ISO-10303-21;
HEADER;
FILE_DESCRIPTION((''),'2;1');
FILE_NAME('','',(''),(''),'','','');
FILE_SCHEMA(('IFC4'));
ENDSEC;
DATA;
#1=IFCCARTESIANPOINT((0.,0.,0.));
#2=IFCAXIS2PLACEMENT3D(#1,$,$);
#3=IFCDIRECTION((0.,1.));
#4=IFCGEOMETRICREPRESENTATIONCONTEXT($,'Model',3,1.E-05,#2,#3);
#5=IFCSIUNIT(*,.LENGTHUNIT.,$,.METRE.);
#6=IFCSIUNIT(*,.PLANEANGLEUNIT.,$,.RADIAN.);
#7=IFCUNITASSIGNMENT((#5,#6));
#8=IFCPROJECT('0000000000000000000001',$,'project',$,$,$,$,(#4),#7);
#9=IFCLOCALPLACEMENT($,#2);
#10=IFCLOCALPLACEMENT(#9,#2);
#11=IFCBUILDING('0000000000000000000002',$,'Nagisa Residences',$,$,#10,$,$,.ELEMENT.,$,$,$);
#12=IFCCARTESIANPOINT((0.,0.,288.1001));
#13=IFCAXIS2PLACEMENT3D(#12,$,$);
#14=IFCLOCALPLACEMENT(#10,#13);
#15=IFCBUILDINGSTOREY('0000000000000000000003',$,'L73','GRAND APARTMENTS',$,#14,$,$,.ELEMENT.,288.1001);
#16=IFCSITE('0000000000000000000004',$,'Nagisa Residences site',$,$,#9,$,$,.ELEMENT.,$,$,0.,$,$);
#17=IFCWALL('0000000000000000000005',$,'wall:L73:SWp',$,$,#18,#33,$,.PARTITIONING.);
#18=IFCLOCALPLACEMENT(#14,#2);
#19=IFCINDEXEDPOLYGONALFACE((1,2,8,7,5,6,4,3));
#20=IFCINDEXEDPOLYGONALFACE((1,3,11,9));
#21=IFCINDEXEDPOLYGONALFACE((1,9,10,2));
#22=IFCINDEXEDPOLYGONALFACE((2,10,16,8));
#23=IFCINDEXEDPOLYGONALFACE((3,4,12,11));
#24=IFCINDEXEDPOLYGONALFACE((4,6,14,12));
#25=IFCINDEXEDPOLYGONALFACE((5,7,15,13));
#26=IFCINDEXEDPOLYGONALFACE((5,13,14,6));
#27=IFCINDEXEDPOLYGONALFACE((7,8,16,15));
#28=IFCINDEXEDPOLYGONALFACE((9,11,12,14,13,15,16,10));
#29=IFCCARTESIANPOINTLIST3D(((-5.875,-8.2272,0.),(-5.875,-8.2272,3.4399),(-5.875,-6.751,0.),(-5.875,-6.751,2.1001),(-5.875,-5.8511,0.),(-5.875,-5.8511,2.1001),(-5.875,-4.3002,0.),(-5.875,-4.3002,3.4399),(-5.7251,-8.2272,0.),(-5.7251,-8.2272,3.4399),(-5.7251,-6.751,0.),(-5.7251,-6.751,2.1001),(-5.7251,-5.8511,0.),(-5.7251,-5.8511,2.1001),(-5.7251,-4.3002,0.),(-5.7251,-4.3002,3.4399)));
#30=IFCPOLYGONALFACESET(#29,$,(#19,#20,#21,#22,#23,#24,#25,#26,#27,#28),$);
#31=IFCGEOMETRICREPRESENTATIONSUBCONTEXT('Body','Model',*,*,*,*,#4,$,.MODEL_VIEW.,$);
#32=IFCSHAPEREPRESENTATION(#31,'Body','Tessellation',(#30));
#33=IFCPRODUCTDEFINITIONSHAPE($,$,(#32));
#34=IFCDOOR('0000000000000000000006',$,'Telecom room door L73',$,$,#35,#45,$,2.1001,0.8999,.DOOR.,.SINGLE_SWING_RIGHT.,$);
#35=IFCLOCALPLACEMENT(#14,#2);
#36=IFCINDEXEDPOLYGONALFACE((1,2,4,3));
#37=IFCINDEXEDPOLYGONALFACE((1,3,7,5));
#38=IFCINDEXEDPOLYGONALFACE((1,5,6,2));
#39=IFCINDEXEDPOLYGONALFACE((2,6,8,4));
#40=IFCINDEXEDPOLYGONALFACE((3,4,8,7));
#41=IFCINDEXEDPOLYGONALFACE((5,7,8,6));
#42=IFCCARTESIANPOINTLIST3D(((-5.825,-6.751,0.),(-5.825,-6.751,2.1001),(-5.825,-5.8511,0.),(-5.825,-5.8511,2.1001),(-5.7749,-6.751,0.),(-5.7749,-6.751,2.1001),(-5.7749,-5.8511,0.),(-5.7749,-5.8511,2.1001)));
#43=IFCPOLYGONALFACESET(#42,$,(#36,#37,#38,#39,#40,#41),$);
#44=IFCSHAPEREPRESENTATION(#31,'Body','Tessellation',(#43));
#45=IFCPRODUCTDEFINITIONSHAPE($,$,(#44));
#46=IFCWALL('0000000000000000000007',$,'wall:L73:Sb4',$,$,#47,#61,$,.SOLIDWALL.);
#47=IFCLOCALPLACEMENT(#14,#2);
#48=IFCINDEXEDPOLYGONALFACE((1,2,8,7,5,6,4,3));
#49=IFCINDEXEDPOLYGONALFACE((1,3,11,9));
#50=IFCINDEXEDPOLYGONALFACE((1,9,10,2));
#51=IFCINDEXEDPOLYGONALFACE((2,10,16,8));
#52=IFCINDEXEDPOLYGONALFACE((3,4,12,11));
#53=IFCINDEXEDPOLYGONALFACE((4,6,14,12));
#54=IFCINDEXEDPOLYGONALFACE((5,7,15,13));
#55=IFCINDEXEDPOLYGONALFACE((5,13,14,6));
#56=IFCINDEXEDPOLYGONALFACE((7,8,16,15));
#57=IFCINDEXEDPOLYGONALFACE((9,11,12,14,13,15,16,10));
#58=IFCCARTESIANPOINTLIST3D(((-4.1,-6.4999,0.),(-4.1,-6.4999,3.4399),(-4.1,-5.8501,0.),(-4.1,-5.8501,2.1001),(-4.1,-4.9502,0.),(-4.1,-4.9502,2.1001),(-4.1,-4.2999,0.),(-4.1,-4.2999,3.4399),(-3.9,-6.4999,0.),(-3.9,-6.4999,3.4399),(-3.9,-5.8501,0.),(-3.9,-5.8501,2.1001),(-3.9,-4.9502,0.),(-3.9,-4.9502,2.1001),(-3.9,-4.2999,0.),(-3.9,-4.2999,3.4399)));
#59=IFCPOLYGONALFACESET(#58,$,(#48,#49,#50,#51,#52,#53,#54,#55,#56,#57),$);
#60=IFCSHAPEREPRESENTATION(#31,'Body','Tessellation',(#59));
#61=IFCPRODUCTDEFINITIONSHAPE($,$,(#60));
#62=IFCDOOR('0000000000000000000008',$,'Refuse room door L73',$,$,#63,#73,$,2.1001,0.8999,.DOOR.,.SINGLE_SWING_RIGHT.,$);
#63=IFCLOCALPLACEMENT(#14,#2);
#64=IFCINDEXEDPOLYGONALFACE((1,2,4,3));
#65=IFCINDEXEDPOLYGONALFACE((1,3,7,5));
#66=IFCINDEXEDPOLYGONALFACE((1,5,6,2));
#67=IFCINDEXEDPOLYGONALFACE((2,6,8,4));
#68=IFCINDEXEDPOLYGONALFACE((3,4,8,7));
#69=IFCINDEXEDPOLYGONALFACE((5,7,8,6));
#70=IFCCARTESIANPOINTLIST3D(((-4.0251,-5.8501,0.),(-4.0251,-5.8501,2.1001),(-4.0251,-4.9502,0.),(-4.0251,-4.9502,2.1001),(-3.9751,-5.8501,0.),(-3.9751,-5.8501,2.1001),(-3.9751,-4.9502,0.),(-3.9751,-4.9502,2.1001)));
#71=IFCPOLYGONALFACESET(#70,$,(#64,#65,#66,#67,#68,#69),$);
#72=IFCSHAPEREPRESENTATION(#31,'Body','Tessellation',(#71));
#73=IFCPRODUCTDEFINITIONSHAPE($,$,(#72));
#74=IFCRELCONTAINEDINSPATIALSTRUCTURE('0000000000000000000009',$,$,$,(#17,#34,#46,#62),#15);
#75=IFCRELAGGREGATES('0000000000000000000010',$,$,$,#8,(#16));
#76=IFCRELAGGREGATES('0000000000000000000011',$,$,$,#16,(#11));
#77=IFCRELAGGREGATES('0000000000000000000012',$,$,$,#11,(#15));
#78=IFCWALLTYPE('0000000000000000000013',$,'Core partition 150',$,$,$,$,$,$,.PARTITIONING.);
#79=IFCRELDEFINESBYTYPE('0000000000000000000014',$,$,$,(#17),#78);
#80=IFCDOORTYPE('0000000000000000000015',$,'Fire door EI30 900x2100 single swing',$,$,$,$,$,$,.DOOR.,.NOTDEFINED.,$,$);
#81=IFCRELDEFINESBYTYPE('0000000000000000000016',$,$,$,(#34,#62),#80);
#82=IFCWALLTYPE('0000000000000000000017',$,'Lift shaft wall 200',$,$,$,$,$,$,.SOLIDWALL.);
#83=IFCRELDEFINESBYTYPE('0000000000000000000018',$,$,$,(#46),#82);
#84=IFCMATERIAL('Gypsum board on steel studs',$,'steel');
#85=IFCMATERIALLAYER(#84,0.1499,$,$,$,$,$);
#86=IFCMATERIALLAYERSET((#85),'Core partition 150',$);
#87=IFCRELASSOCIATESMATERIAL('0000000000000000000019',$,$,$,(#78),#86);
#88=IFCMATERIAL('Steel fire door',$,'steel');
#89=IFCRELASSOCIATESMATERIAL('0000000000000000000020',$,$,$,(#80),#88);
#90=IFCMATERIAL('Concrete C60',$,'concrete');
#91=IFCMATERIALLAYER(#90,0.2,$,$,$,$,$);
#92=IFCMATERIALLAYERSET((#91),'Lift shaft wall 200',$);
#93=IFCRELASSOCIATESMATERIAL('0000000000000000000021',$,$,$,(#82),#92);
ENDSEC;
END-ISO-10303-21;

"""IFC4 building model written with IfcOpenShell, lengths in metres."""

from ifc_helpers import new_model, si_unit, direction, frame, frame_2d, origin, place, context, subcontext, project, spatial, rectangle, extrude, material, layer, layer_set, type_object, element, fill, save


model = new_model("IFC4")

# Units and contexts
model_context = context("Model", 3, precision=1e-05, world=origin(), true_north=direction((0.0, 1.0)))
body_context = subcontext(model_context, "Body", "Model", "MODEL_VIEW")
ifc_project = project(units=[si_unit("LENGTHUNIT", "METRE"), si_unit("PLANEANGLEUNIT", "RADIAN")], contexts=[model_context])

# Site, building, storey
site_placement = place(None, origin())
site = spatial("IfcSite", under=ifc_project, at=site_placement, Name="Nagisa Residences site", CompositionType="ELEMENT", RefElevation=0.0)
building_placement = place(site_placement, origin())
building = spatial("IfcBuilding", under=site, at=building_placement, Name="Nagisa Residences", CompositionType="ELEMENT")
storey_placement = place(building_placement, frame((0.0, 0.0, 288.1001)))
storey = spatial("IfcBuildingStorey", under=building, at=storey_placement, Name="L73", Description="GRAND APARTMENTS", CompositionType="ELEMENT", Elevation=288.1001)

# Walls, openings, doors
ifc_material_1 = material(Name="Gypsum board on steel studs", Category="steel")
ifc_layer_1 = layer(ifc_material_1, 0.1499)
ifc_layer_set_1 = layer_set([ifc_layer_1], Name="Core partition 150")
wall_type_1 = type_object("IfcWallType", Name="Core partition 150", PredefinedType="PARTITIONING", material=ifc_layer_set_1)
wall_1_placement = place(storey_placement, frame((-5.8, -8.2271, 0.0), z_axis=(0.0, 0.0, 1.0), x_axis=(0.0, 1.0, 0.0)))
wall_1 = element("IfcWall", 1, at=wall_1_placement, inside=storey, type_object=wall_type_1, Name="wall:L73:SWp", PredefinedType="PARTITIONING", context=body_context, shape_type="SweptSolid", body=[
    extrude(rectangle(XDim=3.927, YDim=0.1499, at=frame_2d((1.9634, 0.0))), origin(), (0.0, 0.0, 1.0), 3.4399),
])
opening_1_placement = place(wall_1_placement, frame((1.4761, 0.0, 0.0)))
opening_1 = element("IfcOpeningElement", 2, at=opening_1_placement, cuts=wall_1, PredefinedType="OPENING", context=body_context, shape_type="SweptSolid", body=[
    extrude(rectangle(XDim=0.8999, YDim=2.1001, at=frame_2d((0.45, 1.05))), frame((0.0, 0.085, 0.0), z_axis=(0.0, -1.0, 0.0), x_axis=(1.0, 0.0, 0.0)), (0.0, 0.0, 1.0), 0.1699),
])
ifc_material_2 = material(Name="Steel fire door", Category="steel")
door_type_1 = type_object("IfcDoorType", Name="Fire door EI30 900x2100 single swing", OperationType="NOTDEFINED", PredefinedType="DOOR", material=ifc_material_2)
door_1_placement = place(opening_1_placement, origin())
door_1 = element("IfcDoor", 3, at=door_1_placement, inside=storey, type_object=door_type_1, Name="Telecom room door L73", OperationType="SINGLE_SWING_RIGHT", OverallHeight=2.1001, OverallWidth=0.8999, PredefinedType="DOOR", context=body_context, shape_type="SweptSolid", body=[
    extrude(rectangle(XDim=0.8999, YDim=2.1001, at=frame_2d((0.45, 1.05))), frame((0.0, 0.0249, 0.0), z_axis=(0.0, -1.0, 0.0), x_axis=(1.0, 0.0, 0.0)), (0.0, 0.0, 1.0), 0.05),
])
fill(opening_1, door_1)
ifc_material_3 = material(Name="Concrete C60", Category="concrete")
ifc_layer_2 = layer(ifc_material_3, 0.2)
ifc_layer_set_2 = layer_set([ifc_layer_2], Name="Lift shaft wall 200")
wall_type_2 = type_object("IfcWallType", Name="Lift shaft wall 200", PredefinedType="SOLIDWALL", material=ifc_layer_set_2)
wall_2_placement = place(storey_placement, frame((-4.0, -6.5, 0.0), z_axis=(0.0, 0.0, 1.0), x_axis=(0.0, 1.0, 0.0)))
wall_2 = element("IfcWall", 4, at=wall_2_placement, inside=storey, type_object=wall_type_2, Name="wall:L73:Sb4", PredefinedType="SOLIDWALL", context=body_context, shape_type="SweptSolid", body=[
    extrude(rectangle(XDim=2.2, YDim=0.2, at=frame_2d((1.1001, 0.0))), origin(), (0.0, 0.0, 1.0), 3.4399),
])
opening_2_placement = place(wall_2_placement, frame((0.6499, 0.0, 0.0)))
opening_2 = element("IfcOpeningElement", 5, at=opening_2_placement, cuts=wall_2, PredefinedType="OPENING", context=body_context, shape_type="SweptSolid", body=[
    extrude(rectangle(XDim=0.8999, YDim=2.1001, at=frame_2d((0.45, 1.05))), frame((0.0, 0.1099, 0.0), z_axis=(0.0, -1.0, 0.0), x_axis=(1.0, 0.0, 0.0)), (0.0, 0.0, 1.0), 0.22),
])
door_2_placement = place(opening_2_placement, frame((0.8999, 0.0, 0.0), x_axis=(-1.0, 0.0, 0.0)))
door_2 = element("IfcDoor", 6, at=door_2_placement, inside=storey, type_object=door_type_1, Name="Refuse room door L73", OperationType="SINGLE_SWING_RIGHT", OverallHeight=2.1001, OverallWidth=0.8999, PredefinedType="DOOR", context=body_context, shape_type="SweptSolid", body=[
    extrude(rectangle(XDim=0.8999, YDim=2.1001, at=frame_2d((0.45, 1.05))), frame((0.0, 0.0249, 0.0), z_axis=(0.0, -1.0, 0.0), x_axis=(1.0, 0.0, 0.0)), (0.0, 0.0, 1.0), 0.05),
])
fill(opening_2, door_2)

save(model, "model.ifc")
